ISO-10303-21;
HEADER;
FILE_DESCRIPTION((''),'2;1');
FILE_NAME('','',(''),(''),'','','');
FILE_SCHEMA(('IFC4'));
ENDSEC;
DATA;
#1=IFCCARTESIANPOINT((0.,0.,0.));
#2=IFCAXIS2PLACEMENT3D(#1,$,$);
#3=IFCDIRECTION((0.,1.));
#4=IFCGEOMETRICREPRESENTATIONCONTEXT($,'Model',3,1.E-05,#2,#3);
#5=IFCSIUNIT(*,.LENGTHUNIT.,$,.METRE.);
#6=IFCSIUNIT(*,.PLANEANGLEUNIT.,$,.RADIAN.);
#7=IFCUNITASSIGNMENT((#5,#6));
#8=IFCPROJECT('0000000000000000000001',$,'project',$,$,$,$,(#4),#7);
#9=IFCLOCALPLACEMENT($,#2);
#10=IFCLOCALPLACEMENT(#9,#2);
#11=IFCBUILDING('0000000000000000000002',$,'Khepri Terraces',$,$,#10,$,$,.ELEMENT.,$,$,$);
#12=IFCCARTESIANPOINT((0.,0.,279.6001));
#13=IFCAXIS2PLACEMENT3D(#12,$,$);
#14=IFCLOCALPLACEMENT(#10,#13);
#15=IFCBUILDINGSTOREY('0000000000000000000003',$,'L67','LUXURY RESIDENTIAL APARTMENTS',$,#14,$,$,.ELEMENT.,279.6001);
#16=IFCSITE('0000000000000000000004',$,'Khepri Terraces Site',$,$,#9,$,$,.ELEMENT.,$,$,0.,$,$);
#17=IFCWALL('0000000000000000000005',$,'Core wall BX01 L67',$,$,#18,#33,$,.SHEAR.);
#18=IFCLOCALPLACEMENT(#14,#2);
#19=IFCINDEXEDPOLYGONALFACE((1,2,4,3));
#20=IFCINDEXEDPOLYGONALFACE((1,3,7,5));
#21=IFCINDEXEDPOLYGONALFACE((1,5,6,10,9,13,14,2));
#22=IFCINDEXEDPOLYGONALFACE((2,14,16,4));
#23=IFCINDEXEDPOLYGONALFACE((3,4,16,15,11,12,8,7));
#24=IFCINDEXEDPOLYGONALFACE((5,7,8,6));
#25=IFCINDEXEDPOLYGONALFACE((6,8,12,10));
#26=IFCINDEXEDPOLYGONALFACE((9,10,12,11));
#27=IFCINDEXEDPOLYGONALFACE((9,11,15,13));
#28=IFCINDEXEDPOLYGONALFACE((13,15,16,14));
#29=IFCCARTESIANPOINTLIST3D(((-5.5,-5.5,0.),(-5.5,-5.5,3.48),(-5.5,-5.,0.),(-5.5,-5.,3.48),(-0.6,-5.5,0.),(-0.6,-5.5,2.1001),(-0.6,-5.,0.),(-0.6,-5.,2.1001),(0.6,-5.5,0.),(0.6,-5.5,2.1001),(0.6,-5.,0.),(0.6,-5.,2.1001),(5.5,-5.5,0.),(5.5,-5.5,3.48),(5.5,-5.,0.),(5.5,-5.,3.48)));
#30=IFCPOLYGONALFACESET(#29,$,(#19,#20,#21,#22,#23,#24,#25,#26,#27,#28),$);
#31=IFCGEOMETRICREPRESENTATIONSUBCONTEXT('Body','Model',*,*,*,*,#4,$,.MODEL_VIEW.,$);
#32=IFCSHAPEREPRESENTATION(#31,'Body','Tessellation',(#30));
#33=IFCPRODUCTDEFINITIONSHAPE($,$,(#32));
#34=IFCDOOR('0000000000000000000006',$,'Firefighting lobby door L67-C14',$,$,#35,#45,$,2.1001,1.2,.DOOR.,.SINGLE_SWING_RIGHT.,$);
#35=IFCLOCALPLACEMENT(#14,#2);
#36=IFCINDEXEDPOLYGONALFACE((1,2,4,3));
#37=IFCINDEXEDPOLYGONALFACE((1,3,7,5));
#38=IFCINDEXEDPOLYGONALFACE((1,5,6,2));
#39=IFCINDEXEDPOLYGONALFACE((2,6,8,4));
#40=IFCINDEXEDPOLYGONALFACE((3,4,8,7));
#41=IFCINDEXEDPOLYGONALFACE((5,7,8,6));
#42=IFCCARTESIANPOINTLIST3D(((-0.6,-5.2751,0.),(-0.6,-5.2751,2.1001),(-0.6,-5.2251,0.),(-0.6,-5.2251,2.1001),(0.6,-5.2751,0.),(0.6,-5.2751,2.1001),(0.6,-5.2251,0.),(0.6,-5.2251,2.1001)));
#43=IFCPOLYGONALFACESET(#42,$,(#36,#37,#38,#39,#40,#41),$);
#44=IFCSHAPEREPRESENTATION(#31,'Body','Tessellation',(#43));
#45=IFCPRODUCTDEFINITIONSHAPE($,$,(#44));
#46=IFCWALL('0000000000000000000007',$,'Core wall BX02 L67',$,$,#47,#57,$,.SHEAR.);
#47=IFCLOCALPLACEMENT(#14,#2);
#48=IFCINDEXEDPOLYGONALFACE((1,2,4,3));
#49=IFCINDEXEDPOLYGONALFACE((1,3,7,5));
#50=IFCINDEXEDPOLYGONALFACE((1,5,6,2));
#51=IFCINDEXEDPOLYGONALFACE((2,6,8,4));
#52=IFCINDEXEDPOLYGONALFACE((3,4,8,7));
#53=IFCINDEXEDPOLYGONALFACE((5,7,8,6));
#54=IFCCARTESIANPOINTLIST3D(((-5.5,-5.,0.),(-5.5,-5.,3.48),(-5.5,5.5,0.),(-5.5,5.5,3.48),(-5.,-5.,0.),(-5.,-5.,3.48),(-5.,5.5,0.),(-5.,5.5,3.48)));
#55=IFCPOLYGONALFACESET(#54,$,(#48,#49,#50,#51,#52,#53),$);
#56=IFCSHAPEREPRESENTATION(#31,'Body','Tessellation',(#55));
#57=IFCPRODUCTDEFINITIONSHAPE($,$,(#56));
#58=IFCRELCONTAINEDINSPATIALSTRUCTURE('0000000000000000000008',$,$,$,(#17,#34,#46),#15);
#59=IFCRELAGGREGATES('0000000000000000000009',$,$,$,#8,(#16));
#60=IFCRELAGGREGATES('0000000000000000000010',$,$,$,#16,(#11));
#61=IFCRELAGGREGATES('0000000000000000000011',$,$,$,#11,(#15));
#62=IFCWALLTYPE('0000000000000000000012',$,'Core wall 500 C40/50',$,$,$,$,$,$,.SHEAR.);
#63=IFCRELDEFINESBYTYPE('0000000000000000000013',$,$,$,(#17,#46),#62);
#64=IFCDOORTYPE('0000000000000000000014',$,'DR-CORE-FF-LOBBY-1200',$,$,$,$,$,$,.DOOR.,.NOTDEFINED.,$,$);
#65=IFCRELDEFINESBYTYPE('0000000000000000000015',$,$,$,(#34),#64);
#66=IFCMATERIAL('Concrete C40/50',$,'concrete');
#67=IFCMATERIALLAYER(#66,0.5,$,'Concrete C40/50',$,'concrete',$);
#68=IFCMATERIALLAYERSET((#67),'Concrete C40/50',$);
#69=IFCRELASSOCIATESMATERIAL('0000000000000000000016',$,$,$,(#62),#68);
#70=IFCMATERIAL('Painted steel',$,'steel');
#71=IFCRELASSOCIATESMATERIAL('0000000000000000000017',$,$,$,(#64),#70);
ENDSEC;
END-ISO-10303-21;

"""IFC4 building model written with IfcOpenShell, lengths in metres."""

from ifc_helpers import new_model, si_unit, direction, frame, frame_2d, origin, place, context, subcontext, project, spatial, rectangle, extrude, material, layer, layer_set, type_object, element, fill, save


model = new_model("IFC4")

# Units and contexts
model_context = context("Model", 3, precision=1e-05, world=origin(), true_north=direction((0.0, 1.0)))
body_context = subcontext(model_context, "Body", "Model", "MODEL_VIEW")
ifc_project = project(units=[si_unit("LENGTHUNIT", "METRE"), si_unit("PLANEANGLEUNIT", "RADIAN")], contexts=[model_context])

# Site, building, storey
site_placement = place(None, origin())
site = spatial("IfcSite", under=ifc_project, at=site_placement, Name="Khepri Terraces Site", CompositionType="ELEMENT", RefElevation=0.0)
building_placement = place(site_placement, origin())
building = spatial("IfcBuilding", under=site, at=building_placement, Name="Khepri Terraces", CompositionType="ELEMENT")
storey_placement = place(building_placement, frame((0.0, 0.0, 279.6001)))
storey = spatial("IfcBuildingStorey", under=building, at=storey_placement, Name="L67", Description="LUXURY RESIDENTIAL APARTMENTS", CompositionType="ELEMENT", Elevation=279.6001)

# Shared definitions
ifc_material_1 = material(Name="Concrete C40/50", Category="concrete")

# Shared definitions
ifc_material_2 = material(Name="Painted steel", Category="steel")

# Wall, opening, door
ifc_layer_1 = layer(ifc_material_1, 0.5, Name="Concrete C40/50", Category="concrete")
ifc_layer_set_1 = layer_set([ifc_layer_1], Name="Concrete C40/50")
wall_type_1 = type_object("IfcWallType", Name="Core wall 500 C40/50", PredefinedType="SHEAR", material=ifc_layer_set_1)
wall_1_placement = place(storey_placement, frame((-5.5, -5.25, 0.0), z_axis=(0.0, 0.0, 1.0), x_axis=(1.0, 0.0, 0.0)))
wall_1 = element("IfcWall", 1, at=wall_1_placement, inside=storey, type_object=wall_type_1, Name="Core wall BX01 L67", PredefinedType="SHEAR", context=body_context, shape_type="SweptSolid", body=[
    extrude(rectangle(XDim=11.0, YDim=0.5, at=frame_2d((5.5, 0.0))), origin(), (0.0, 0.0, 1.0), 3.48),
])
opening_1_placement = place(wall_1_placement, frame((4.8999, 0.0, 0.0)))
opening_1 = element("IfcOpeningElement", 2, at=opening_1_placement, cuts=wall_1, PredefinedType="OPENING", context=body_context, shape_type="SweptSolid", body=[
    extrude(rectangle(XDim=1.2, YDim=2.1001, at=frame_2d((0.6001, 1.05))), frame((0.0, 0.26, 0.0), z_axis=(0.0, -1.0, 0.0), x_axis=(1.0, 0.0, 0.0)), (0.0, 0.0, 1.0), 0.52),
])
door_type_1 = type_object("IfcDoorType", Name="DR-CORE-FF-LOBBY-1200", OperationType="NOTDEFINED", PredefinedType="DOOR", material=ifc_material_2)
door_1_placement = place(opening_1_placement, origin())
door_1 = element("IfcDoor", 3, at=door_1_placement, inside=storey, type_object=door_type_1, Name="Firefighting lobby door L67-C14", OperationType="SINGLE_SWING_RIGHT", OverallHeight=2.1001, OverallWidth=1.2, PredefinedType="DOOR", context=body_context, shape_type="SweptSolid", body=[
    extrude(rectangle(XDim=1.2, YDim=2.1001, at=frame_2d((0.6001, 1.05))), frame((0.0, 0.0249, 0.0), z_axis=(0.0, -1.0, 0.0), x_axis=(1.0, 0.0, 0.0)), (0.0, 0.0, 1.0), 0.05),
])
fill(opening_1, door_1)

# Wall
wall_2_placement = place(storey_placement, frame((-5.25, -5.0, 0.0), z_axis=(0.0, 0.0, 1.0), x_axis=(0.0, 1.0, 0.0)))
element("IfcWall", 4, at=wall_2_placement, inside=storey, type_object=wall_type_1, Name="Core wall BX02 L67", PredefinedType="SHEAR", context=body_context, shape_type="SweptSolid", body=[
    extrude(rectangle(XDim=10.5, YDim=0.5, at=frame_2d((5.25, 0.0))), origin(), (0.0, 0.0, 1.0), 3.48),
])

save(model, "model.ifc")
